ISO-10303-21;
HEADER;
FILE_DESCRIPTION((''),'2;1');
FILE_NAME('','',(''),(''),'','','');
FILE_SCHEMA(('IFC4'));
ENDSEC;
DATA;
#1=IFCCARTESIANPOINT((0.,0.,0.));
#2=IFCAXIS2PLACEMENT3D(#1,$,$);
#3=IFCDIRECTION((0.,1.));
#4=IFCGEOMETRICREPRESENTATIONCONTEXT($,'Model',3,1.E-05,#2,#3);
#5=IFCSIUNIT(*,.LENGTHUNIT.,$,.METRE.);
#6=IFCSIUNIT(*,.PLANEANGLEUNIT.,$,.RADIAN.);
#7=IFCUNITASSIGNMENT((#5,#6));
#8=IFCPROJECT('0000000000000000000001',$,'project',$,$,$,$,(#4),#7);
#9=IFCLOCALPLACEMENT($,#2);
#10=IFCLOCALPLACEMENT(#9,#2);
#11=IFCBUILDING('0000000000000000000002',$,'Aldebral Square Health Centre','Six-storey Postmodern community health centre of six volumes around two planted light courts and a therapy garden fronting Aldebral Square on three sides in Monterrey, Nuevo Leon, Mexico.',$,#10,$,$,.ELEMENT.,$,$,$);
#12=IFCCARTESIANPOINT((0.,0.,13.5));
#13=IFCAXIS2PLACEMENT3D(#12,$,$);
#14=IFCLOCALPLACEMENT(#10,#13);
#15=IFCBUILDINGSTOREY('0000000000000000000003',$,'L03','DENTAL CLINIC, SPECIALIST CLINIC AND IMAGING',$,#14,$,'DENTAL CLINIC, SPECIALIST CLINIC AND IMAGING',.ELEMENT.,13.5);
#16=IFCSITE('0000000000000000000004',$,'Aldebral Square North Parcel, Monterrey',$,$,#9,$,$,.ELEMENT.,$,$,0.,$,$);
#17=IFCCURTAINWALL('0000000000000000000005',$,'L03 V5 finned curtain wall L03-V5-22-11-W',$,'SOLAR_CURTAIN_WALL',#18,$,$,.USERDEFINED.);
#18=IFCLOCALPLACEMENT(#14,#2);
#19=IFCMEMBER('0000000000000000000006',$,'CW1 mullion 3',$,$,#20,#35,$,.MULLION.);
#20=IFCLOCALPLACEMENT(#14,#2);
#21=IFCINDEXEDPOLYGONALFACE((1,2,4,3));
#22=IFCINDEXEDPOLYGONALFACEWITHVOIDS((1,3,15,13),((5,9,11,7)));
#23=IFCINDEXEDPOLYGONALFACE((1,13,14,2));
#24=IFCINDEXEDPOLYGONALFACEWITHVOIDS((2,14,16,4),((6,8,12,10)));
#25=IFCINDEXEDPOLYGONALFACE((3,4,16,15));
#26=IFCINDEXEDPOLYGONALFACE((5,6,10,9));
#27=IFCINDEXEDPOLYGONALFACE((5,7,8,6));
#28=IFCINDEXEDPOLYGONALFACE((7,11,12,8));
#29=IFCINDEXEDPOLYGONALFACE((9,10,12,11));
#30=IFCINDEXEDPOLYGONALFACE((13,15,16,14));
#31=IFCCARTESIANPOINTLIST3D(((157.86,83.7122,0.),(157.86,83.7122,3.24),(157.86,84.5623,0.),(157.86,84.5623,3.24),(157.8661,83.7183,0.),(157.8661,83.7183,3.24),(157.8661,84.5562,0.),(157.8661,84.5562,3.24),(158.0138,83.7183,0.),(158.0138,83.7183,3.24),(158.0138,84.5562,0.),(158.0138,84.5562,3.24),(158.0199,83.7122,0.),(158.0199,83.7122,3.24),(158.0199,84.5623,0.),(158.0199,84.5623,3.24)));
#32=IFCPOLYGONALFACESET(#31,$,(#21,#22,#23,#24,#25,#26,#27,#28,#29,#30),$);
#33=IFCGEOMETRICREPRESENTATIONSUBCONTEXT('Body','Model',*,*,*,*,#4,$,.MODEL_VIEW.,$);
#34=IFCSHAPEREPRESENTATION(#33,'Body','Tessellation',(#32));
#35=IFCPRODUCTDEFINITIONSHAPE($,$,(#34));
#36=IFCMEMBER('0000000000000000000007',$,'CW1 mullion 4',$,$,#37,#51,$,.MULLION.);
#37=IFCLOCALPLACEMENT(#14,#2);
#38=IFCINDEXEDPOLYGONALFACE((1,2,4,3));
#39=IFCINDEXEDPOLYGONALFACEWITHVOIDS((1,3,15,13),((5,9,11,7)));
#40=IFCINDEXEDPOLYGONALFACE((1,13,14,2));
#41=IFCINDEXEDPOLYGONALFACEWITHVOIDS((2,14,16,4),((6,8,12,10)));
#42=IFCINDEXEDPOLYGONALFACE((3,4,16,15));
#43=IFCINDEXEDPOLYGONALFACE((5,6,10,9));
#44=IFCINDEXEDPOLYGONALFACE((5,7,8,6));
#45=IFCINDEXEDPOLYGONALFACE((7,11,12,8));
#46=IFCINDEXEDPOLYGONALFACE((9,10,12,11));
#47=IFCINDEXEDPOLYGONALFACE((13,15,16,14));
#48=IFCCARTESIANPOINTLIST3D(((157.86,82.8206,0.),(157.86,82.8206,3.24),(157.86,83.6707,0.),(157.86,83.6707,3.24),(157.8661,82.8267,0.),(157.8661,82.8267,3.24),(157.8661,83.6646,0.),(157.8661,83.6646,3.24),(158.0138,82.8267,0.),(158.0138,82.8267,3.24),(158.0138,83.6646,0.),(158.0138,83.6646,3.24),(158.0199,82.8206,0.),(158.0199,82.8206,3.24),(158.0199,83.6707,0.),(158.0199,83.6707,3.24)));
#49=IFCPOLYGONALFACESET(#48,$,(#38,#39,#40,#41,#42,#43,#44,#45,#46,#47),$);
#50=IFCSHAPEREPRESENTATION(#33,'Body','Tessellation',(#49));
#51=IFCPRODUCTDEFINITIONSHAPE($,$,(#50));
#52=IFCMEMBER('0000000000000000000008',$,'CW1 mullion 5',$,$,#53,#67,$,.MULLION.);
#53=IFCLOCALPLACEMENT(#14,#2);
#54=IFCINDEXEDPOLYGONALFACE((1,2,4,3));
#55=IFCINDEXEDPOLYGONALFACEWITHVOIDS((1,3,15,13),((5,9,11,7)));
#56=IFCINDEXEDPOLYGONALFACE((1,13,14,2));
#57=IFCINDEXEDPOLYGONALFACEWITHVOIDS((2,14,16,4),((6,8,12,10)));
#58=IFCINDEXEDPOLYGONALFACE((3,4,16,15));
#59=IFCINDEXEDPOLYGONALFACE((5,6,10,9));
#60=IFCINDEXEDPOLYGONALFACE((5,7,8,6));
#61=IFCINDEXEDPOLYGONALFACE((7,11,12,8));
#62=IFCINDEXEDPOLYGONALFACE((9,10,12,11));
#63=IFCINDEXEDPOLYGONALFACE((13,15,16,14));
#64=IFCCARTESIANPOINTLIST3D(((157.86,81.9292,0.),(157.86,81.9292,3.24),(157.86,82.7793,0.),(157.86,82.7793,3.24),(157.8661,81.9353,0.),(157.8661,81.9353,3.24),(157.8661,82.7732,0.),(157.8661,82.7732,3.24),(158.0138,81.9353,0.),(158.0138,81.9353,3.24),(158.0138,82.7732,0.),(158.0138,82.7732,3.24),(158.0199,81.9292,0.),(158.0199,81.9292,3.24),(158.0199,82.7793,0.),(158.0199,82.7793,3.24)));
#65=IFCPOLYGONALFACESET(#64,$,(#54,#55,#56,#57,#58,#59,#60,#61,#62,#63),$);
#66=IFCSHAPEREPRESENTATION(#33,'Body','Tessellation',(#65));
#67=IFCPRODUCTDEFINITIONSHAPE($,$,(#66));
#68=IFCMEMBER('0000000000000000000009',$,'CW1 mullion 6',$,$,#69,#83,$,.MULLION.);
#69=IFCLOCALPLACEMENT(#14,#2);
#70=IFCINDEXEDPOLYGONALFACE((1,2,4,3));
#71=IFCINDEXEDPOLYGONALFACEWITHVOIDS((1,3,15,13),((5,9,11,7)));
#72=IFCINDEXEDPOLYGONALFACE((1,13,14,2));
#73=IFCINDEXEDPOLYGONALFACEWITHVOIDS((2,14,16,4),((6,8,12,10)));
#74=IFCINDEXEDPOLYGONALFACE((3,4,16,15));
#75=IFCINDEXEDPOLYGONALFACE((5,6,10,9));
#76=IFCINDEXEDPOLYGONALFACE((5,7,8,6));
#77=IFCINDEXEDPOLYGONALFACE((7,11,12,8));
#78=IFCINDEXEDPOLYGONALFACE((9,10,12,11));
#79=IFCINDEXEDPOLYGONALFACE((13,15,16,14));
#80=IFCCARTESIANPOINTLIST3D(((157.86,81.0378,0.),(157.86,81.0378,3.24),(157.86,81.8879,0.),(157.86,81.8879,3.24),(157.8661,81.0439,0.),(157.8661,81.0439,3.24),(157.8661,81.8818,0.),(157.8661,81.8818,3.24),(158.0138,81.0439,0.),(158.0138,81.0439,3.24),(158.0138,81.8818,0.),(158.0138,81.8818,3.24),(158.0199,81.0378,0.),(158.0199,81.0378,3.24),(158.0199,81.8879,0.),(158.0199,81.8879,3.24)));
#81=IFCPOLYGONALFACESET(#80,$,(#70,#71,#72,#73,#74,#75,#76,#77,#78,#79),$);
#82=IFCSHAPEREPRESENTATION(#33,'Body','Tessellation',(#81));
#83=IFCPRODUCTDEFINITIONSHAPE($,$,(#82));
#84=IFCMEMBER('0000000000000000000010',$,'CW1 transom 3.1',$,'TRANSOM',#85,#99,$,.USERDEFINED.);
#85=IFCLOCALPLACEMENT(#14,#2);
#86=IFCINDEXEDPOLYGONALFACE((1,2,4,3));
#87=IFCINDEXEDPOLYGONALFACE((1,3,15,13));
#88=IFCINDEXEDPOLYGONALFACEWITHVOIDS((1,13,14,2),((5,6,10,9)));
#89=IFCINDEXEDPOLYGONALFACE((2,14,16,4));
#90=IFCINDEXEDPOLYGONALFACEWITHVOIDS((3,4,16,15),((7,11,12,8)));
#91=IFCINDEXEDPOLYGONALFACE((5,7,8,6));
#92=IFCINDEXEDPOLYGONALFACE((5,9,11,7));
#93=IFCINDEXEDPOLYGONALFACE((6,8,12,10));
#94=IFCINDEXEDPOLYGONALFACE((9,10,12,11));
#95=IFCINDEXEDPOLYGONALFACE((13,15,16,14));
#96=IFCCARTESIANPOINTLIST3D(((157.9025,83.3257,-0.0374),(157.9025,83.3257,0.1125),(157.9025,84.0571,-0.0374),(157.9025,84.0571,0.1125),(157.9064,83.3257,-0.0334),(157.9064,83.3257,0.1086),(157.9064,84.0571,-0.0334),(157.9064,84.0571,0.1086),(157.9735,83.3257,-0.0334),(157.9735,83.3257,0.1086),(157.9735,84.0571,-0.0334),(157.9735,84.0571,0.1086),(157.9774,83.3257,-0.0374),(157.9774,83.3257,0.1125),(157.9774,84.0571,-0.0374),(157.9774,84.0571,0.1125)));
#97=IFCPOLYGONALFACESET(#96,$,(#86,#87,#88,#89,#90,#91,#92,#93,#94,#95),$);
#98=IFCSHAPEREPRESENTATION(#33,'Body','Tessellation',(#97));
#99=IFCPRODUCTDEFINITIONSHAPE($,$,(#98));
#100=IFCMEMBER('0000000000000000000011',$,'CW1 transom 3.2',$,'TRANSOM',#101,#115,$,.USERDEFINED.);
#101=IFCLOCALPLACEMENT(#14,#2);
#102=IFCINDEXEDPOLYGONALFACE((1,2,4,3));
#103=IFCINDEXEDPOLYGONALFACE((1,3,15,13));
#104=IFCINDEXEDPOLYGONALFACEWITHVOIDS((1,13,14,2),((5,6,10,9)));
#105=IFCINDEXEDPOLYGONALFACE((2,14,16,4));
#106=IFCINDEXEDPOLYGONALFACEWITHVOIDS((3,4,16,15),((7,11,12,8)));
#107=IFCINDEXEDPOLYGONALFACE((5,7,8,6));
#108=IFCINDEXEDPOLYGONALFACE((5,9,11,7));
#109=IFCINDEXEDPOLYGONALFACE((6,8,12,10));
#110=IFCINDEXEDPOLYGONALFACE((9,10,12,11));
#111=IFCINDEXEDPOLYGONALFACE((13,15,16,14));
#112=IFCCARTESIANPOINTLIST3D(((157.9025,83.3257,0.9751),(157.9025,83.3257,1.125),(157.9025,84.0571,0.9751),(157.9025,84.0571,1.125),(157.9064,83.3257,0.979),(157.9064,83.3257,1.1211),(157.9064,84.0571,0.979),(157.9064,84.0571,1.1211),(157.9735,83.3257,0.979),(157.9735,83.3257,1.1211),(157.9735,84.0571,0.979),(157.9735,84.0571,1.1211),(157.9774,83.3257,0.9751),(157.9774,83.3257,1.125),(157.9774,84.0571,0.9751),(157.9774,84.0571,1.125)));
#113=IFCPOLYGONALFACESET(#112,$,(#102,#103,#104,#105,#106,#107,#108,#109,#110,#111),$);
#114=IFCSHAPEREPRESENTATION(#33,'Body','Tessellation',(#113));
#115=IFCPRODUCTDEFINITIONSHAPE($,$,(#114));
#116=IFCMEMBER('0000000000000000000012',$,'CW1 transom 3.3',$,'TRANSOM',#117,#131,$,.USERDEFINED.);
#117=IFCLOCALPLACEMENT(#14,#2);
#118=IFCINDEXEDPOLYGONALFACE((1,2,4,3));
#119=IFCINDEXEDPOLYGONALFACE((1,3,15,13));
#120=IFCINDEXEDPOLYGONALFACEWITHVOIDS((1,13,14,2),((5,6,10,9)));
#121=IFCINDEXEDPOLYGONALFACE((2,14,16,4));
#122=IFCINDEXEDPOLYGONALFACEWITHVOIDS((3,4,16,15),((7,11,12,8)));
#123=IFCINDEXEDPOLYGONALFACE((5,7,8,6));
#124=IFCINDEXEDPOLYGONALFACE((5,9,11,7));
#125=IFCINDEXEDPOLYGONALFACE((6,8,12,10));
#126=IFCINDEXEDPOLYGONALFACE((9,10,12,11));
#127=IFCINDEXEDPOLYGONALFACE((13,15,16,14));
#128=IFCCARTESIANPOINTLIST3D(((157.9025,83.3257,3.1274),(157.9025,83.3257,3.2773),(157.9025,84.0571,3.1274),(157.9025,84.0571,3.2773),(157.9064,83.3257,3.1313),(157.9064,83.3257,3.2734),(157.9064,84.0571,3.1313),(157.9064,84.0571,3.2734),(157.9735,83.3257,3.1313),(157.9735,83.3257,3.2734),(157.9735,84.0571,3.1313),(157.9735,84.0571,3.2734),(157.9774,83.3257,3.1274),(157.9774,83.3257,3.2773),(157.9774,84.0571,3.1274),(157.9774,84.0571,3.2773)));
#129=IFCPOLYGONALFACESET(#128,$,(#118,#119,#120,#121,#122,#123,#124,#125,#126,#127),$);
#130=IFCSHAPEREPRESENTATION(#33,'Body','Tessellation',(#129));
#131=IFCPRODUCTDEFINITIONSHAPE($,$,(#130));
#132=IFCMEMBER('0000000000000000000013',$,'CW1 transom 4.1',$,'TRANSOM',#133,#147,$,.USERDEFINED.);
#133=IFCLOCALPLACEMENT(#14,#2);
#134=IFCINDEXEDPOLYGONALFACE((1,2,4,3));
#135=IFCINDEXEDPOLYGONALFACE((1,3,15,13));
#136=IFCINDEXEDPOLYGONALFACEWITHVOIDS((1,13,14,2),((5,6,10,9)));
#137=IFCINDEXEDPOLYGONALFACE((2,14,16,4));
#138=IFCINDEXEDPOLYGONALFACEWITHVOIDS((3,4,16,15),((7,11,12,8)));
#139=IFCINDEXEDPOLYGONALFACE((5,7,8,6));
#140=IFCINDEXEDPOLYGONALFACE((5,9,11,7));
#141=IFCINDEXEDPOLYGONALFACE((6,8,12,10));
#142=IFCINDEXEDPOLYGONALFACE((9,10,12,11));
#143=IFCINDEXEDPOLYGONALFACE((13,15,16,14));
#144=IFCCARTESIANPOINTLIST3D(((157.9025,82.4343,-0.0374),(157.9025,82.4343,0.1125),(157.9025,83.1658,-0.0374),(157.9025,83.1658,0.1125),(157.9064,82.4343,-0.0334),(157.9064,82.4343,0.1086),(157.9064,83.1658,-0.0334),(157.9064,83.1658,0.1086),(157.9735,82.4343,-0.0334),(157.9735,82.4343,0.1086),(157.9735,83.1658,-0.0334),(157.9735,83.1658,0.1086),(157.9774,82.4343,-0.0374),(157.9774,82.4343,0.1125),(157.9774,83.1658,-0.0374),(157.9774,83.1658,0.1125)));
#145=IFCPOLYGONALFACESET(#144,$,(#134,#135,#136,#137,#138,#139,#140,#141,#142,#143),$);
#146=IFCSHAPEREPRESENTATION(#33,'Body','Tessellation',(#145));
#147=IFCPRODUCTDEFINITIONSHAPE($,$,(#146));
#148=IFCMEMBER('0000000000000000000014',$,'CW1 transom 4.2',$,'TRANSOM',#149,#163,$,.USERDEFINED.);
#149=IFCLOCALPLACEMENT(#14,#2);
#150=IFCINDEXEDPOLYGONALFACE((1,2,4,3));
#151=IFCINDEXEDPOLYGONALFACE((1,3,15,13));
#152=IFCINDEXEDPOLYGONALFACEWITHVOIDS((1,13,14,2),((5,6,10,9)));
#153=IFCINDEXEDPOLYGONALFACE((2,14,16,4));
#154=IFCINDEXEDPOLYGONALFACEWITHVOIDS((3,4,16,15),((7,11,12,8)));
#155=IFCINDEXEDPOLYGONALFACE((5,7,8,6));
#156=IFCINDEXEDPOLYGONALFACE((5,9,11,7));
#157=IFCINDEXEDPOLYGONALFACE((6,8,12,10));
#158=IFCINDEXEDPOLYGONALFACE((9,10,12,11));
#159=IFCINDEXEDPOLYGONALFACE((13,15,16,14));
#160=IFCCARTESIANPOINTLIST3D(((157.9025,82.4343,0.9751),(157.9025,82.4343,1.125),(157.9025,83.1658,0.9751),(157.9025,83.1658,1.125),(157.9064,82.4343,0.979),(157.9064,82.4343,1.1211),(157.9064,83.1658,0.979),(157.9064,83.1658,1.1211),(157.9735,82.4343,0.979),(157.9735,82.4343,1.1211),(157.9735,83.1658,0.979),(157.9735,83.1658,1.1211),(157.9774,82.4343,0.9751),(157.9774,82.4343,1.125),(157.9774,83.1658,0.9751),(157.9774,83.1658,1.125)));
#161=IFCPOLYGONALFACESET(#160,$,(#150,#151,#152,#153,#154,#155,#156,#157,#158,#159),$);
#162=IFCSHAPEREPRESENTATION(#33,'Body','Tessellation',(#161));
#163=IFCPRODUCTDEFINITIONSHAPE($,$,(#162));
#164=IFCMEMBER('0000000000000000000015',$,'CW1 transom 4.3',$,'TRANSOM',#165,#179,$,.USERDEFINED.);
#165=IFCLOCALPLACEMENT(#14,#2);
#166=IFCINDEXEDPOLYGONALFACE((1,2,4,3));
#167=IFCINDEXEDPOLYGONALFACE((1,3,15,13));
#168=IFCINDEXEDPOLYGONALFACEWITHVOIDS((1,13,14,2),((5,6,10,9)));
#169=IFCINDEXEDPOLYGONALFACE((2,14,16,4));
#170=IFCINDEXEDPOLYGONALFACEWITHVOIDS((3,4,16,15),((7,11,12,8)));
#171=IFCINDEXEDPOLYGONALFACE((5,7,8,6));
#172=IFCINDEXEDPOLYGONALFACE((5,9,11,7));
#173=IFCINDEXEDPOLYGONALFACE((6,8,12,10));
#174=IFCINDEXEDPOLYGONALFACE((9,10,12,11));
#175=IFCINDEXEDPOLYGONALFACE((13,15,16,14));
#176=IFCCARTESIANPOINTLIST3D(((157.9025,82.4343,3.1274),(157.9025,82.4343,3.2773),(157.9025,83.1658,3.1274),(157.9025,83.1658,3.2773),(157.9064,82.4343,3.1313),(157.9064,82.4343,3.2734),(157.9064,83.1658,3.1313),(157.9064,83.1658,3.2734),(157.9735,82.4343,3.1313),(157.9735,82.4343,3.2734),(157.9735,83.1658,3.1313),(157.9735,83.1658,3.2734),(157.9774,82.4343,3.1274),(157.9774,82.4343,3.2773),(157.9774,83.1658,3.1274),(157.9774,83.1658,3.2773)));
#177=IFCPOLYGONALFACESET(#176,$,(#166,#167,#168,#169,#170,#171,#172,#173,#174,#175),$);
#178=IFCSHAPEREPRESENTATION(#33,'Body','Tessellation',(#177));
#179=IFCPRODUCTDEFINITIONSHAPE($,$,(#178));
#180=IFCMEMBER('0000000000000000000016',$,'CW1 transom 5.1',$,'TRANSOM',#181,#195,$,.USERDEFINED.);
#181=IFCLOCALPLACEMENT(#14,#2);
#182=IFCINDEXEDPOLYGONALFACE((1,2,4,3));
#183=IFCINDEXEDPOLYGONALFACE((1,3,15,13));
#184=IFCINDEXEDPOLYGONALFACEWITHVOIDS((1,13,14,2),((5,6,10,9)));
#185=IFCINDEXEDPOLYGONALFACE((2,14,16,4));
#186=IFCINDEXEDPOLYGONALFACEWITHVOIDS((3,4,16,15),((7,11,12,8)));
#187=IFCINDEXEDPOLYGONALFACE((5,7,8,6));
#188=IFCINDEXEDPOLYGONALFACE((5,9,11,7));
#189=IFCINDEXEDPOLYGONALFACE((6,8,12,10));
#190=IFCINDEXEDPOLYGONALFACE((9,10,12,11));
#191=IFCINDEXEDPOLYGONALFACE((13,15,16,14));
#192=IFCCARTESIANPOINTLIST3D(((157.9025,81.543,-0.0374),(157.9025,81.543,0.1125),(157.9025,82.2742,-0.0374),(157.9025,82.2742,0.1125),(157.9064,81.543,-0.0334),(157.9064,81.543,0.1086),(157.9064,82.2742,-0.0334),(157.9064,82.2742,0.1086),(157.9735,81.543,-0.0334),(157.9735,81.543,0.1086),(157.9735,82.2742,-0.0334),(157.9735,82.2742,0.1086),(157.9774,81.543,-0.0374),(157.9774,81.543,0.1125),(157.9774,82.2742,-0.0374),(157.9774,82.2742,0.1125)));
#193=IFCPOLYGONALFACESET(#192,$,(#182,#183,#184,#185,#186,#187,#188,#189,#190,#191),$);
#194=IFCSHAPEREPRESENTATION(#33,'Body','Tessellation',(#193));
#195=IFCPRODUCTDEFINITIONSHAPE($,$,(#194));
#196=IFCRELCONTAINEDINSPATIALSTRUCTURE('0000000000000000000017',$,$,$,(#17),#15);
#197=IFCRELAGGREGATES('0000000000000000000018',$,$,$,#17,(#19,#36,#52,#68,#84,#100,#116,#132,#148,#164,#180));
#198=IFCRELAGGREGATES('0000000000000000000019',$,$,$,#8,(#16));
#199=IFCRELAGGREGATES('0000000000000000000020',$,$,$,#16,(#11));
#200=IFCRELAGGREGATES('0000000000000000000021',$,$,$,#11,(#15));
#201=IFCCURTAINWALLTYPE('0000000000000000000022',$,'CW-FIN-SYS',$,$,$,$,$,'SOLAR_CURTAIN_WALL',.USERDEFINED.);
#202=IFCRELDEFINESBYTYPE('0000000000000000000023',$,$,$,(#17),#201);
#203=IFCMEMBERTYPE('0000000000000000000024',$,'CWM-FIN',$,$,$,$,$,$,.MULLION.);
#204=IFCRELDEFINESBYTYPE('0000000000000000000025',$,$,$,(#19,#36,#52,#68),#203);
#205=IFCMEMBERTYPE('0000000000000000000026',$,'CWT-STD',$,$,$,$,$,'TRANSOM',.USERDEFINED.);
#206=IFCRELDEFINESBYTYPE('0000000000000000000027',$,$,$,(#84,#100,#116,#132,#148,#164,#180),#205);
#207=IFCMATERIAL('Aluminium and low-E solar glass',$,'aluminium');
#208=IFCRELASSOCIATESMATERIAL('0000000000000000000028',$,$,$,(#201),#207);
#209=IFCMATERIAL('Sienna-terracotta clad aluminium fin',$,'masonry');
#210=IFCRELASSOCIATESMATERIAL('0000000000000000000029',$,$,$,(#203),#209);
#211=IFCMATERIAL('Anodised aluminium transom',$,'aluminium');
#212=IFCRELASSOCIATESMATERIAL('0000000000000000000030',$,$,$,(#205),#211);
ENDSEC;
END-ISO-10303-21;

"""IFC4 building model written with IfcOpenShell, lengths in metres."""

from ifc_helpers import new_model, si_unit, direction, frame, origin, origin_2d, place, context, subcontext, project, spatial, hollow_rectangle, extrude, material, material_profile, profile_set, type_object, element, aggregate, save


model = new_model("IFC4")

# Units and contexts
model_context = context("Model", 3, precision=1e-05, world=origin(), true_north=direction((0.0, 1.0)))
body_context = subcontext(model_context, "Body", "Model", "MODEL_VIEW")
ifc_project = project(units=[si_unit("LENGTHUNIT", "METRE"), si_unit("PLANEANGLEUNIT", "RADIAN")], contexts=[model_context])

# Site, building, storey
site_placement = place(None, origin())
site = spatial("IfcSite", under=ifc_project, at=site_placement, Name="Aldebral Square North Parcel, Monterrey", CompositionType="ELEMENT", RefElevation=0.0)
building_placement = place(site_placement, origin())
building = spatial("IfcBuilding", under=site, at=building_placement, Name="Aldebral Square Health Centre", Description="Six-storey Postmodern community health centre of six volumes around two planted light courts and a therapy garden fronting Aldebral Square on three sides in Monterrey, Nuevo Leon, Mexico.", CompositionType="ELEMENT")
storey_placement = place(building_placement, frame((0.0, 0.0, 13.5)))
storey = spatial("IfcBuildingStorey", under=building, at=storey_placement, Name="L03", Description="DENTAL CLINIC, SPECIALIST CLINIC AND IMAGING", LongName="DENTAL CLINIC, SPECIALIST CLINIC AND IMAGING", CompositionType="ELEMENT", Elevation=13.5)

# Curtain wall, members
ifc_material_1 = material(Name="Aluminium and low-E solar glass", Category="aluminium")
curtain_wall_type = type_object("IfcCurtainWallType", Name="CW-FIN-SYS", ElementType="SOLAR_CURTAIN_WALL", PredefinedType="USERDEFINED", material=ifc_material_1)
curtain_wall_placement = place(storey_placement, origin())
curtain_wall = element("IfcCurtainWall", 1, at=curtain_wall_placement, inside=storey, type_object=curtain_wall_type, Name="L03 V5 finned curtain wall L03-V5-22-11-W", ObjectType="SOLAR_CURTAIN_WALL", PredefinedType="USERDEFINED")
ifc_material_2 = material(Name="Sienna-terracotta clad aluminium fin", Category="masonry")
ifc_material_profile_1 = material_profile(ifc_material_2, hollow_rectangle(XDim=0.1599, YDim=0.8501, WallThickness=0.0061, at=origin_2d()), Name="FIN 160x850x6")
ifc_profile_set_1 = profile_set([ifc_material_profile_1], Name="Sienna-terracotta clad aluminium fin")
member_type_1 = type_object("IfcMemberType", Name="CWM-FIN", PredefinedType="MULLION", material=ifc_profile_set_1)
member_1_placement = place(storey_placement, frame((157.9399, 84.1372, 0.0), z_axis=(0.0, 0.0, 1.0), x_axis=(1.0, 0.0, 0.0)))
member_1 = element("IfcMember", 2, at=member_1_placement, type_object=member_type_1, Name="CW1 mullion 3", PredefinedType="MULLION", context=body_context, shape_type="SweptSolid", body=[
    extrude(hollow_rectangle(XDim=0.1599, YDim=0.8501, WallThickness=0.0061, at=origin_2d()), origin(), (0.0, 0.0, 1.0), 3.24),
])
member_2_placement = place(storey_placement, frame((157.9399, 83.2456, 0.0), z_axis=(0.0, 0.0, 1.0), x_axis=(1.0, 0.0, 0.0)))
member_2 = element("IfcMember", 3, at=member_2_placement, type_object=member_type_1, Name="CW1 mullion 4", PredefinedType="MULLION", context=body_context, shape_type="SweptSolid", body=[
    extrude(hollow_rectangle(XDim=0.1599, YDim=0.8501, WallThickness=0.0061, at=origin_2d()), origin(), (0.0, 0.0, 1.0), 3.24),
])
member_3_placement = place(storey_placement, frame((157.9399, 82.3542, 0.0), z_axis=(0.0, 0.0, 1.0), x_axis=(1.0, 0.0, 0.0)))
member_3 = element("IfcMember", 4, at=member_3_placement, type_object=member_type_1, Name="CW1 mullion 5", PredefinedType="MULLION", context=body_context, shape_type="SweptSolid", body=[
    extrude(hollow_rectangle(XDim=0.1599, YDim=0.8501, WallThickness=0.0061, at=origin_2d()), origin(), (0.0, 0.0, 1.0), 3.24),
])
member_4_placement = place(storey_placement, frame((157.9399, 81.4629, 0.0), z_axis=(0.0, 0.0, 1.0), x_axis=(1.0, 0.0, 0.0)))
member_4 = element("IfcMember", 5, at=member_4_placement, type_object=member_type_1, Name="CW1 mullion 6", PredefinedType="MULLION", context=body_context, shape_type="SweptSolid", body=[
    extrude(hollow_rectangle(XDim=0.1599, YDim=0.8501, WallThickness=0.0061, at=origin_2d()), origin(), (0.0, 0.0, 1.0), 3.24),
])
ifc_material_3 = material(Name="Anodised aluminium transom", Category="aluminium")
ifc_material_profile_2 = material_profile(ifc_material_3, hollow_rectangle(XDim=0.075, YDim=0.1499, WallThickness=0.0039, at=origin_2d()), Name="CWT 75x150x4")
ifc_profile_set_2 = profile_set([ifc_material_profile_2], Name="Anodised aluminium transom")
member_type_2 = type_object("IfcMemberType", Name="CWT-STD", ElementType="TRANSOM", PredefinedType="USERDEFINED", material=ifc_profile_set_2)
member_5_placement = place(storey_placement, frame((157.9399, 84.0571, 0.0376), z_axis=(0.0, -1.0, 0.0), x_axis=(1.0, 0.0, 0.0)))
member_5 = element("IfcMember", 6, at=member_5_placement, type_object=member_type_2, Name="CW1 transom 3.1", ObjectType="TRANSOM", PredefinedType="USERDEFINED", context=body_context, shape_type="SweptSolid", body=[
    extrude(hollow_rectangle(XDim=0.075, YDim=0.1499, WallThickness=0.0039, at=origin_2d()), origin(), (0.0, 0.0, 1.0), 0.7314),
])
member_6_placement = place(storey_placement, frame((157.9399, 84.0571, 1.05), z_axis=(0.0, -1.0, 0.0), x_axis=(1.0, 0.0, 0.0)))
member_6 = element("IfcMember", 7, at=member_6_placement, type_object=member_type_2, Name="CW1 transom 3.2", ObjectType="TRANSOM", PredefinedType="USERDEFINED", context=body_context, shape_type="SweptSolid", body=[
    extrude(hollow_rectangle(XDim=0.075, YDim=0.1499, WallThickness=0.0039, at=origin_2d()), origin(), (0.0, 0.0, 1.0), 0.7314),
])
member_7_placement = place(storey_placement, frame((157.9399, 84.0571, 3.2024), z_axis=(0.0, -1.0, 0.0), x_axis=(1.0, 0.0, 0.0)))
member_7 = element("IfcMember", 8, at=member_7_placement, type_object=member_type_2, Name="CW1 transom 3.3", ObjectType="TRANSOM", PredefinedType="USERDEFINED", context=body_context, shape_type="SweptSolid", body=[
    extrude(hollow_rectangle(XDim=0.075, YDim=0.1499, WallThickness=0.0039, at=origin_2d()), origin(), (0.0, 0.0, 1.0), 0.7314),
])
member_8_placement = place(storey_placement, frame((157.9399, 83.1658, 0.0376), z_axis=(0.0, -1.0, 0.0), x_axis=(1.0, 0.0, 0.0)))
member_8 = element("IfcMember", 9, at=member_8_placement, type_object=member_type_2, Name="CW1 transom 4.1", ObjectType="TRANSOM", PredefinedType="USERDEFINED", context=body_context, shape_type="SweptSolid", body=[
    extrude(hollow_rectangle(XDim=0.075, YDim=0.1499, WallThickness=0.0039, at=origin_2d()), origin(), (0.0, 0.0, 1.0), 0.7314),
])
member_9_placement = place(storey_placement, frame((157.9399, 83.1658, 1.05), z_axis=(0.0, -1.0, 0.0), x_axis=(1.0, 0.0, 0.0)))
member_9 = element("IfcMember", 10, at=member_9_placement, type_object=member_type_2, Name="CW1 transom 4.2", ObjectType="TRANSOM", PredefinedType="USERDEFINED", context=body_context, shape_type="SweptSolid", body=[
    extrude(hollow_rectangle(XDim=0.075, YDim=0.1499, WallThickness=0.0039, at=origin_2d()), origin(), (0.0, 0.0, 1.0), 0.7314),
])
member_10_placement = place(storey_placement, frame((157.9399, 83.1658, 3.2024), z_axis=(0.0, -1.0, 0.0), x_axis=(1.0, 0.0, 0.0)))
member_10 = element("IfcMember", 11, at=member_10_placement, type_object=member_type_2, Name="CW1 transom 4.3", ObjectType="TRANSOM", PredefinedType="USERDEFINED", context=body_context, shape_type="SweptSolid", body=[
    extrude(hollow_rectangle(XDim=0.075, YDim=0.1499, WallThickness=0.0039, at=origin_2d()), origin(), (0.0, 0.0, 1.0), 0.7314),
])
member_11_placement = place(storey_placement, frame((157.9399, 82.2742, 0.0376), z_axis=(0.0, -1.0, 0.0), x_axis=(1.0, 0.0, 0.0)))
member_11 = element("IfcMember", 12, at=member_11_placement, type_object=member_type_2, Name="CW1 transom 5.1", ObjectType="TRANSOM", PredefinedType="USERDEFINED", context=body_context, shape_type="SweptSolid", body=[
    extrude(hollow_rectangle(XDim=0.075, YDim=0.1499, WallThickness=0.0039, at=origin_2d()), origin(), (0.0, 0.0, 1.0), 0.7312),
])
aggregate(curtain_wall, [member_1, member_2, member_3, member_4, member_5, member_6, member_7, member_8, member_9, member_10, member_11])

save(model, "model.ifc")
